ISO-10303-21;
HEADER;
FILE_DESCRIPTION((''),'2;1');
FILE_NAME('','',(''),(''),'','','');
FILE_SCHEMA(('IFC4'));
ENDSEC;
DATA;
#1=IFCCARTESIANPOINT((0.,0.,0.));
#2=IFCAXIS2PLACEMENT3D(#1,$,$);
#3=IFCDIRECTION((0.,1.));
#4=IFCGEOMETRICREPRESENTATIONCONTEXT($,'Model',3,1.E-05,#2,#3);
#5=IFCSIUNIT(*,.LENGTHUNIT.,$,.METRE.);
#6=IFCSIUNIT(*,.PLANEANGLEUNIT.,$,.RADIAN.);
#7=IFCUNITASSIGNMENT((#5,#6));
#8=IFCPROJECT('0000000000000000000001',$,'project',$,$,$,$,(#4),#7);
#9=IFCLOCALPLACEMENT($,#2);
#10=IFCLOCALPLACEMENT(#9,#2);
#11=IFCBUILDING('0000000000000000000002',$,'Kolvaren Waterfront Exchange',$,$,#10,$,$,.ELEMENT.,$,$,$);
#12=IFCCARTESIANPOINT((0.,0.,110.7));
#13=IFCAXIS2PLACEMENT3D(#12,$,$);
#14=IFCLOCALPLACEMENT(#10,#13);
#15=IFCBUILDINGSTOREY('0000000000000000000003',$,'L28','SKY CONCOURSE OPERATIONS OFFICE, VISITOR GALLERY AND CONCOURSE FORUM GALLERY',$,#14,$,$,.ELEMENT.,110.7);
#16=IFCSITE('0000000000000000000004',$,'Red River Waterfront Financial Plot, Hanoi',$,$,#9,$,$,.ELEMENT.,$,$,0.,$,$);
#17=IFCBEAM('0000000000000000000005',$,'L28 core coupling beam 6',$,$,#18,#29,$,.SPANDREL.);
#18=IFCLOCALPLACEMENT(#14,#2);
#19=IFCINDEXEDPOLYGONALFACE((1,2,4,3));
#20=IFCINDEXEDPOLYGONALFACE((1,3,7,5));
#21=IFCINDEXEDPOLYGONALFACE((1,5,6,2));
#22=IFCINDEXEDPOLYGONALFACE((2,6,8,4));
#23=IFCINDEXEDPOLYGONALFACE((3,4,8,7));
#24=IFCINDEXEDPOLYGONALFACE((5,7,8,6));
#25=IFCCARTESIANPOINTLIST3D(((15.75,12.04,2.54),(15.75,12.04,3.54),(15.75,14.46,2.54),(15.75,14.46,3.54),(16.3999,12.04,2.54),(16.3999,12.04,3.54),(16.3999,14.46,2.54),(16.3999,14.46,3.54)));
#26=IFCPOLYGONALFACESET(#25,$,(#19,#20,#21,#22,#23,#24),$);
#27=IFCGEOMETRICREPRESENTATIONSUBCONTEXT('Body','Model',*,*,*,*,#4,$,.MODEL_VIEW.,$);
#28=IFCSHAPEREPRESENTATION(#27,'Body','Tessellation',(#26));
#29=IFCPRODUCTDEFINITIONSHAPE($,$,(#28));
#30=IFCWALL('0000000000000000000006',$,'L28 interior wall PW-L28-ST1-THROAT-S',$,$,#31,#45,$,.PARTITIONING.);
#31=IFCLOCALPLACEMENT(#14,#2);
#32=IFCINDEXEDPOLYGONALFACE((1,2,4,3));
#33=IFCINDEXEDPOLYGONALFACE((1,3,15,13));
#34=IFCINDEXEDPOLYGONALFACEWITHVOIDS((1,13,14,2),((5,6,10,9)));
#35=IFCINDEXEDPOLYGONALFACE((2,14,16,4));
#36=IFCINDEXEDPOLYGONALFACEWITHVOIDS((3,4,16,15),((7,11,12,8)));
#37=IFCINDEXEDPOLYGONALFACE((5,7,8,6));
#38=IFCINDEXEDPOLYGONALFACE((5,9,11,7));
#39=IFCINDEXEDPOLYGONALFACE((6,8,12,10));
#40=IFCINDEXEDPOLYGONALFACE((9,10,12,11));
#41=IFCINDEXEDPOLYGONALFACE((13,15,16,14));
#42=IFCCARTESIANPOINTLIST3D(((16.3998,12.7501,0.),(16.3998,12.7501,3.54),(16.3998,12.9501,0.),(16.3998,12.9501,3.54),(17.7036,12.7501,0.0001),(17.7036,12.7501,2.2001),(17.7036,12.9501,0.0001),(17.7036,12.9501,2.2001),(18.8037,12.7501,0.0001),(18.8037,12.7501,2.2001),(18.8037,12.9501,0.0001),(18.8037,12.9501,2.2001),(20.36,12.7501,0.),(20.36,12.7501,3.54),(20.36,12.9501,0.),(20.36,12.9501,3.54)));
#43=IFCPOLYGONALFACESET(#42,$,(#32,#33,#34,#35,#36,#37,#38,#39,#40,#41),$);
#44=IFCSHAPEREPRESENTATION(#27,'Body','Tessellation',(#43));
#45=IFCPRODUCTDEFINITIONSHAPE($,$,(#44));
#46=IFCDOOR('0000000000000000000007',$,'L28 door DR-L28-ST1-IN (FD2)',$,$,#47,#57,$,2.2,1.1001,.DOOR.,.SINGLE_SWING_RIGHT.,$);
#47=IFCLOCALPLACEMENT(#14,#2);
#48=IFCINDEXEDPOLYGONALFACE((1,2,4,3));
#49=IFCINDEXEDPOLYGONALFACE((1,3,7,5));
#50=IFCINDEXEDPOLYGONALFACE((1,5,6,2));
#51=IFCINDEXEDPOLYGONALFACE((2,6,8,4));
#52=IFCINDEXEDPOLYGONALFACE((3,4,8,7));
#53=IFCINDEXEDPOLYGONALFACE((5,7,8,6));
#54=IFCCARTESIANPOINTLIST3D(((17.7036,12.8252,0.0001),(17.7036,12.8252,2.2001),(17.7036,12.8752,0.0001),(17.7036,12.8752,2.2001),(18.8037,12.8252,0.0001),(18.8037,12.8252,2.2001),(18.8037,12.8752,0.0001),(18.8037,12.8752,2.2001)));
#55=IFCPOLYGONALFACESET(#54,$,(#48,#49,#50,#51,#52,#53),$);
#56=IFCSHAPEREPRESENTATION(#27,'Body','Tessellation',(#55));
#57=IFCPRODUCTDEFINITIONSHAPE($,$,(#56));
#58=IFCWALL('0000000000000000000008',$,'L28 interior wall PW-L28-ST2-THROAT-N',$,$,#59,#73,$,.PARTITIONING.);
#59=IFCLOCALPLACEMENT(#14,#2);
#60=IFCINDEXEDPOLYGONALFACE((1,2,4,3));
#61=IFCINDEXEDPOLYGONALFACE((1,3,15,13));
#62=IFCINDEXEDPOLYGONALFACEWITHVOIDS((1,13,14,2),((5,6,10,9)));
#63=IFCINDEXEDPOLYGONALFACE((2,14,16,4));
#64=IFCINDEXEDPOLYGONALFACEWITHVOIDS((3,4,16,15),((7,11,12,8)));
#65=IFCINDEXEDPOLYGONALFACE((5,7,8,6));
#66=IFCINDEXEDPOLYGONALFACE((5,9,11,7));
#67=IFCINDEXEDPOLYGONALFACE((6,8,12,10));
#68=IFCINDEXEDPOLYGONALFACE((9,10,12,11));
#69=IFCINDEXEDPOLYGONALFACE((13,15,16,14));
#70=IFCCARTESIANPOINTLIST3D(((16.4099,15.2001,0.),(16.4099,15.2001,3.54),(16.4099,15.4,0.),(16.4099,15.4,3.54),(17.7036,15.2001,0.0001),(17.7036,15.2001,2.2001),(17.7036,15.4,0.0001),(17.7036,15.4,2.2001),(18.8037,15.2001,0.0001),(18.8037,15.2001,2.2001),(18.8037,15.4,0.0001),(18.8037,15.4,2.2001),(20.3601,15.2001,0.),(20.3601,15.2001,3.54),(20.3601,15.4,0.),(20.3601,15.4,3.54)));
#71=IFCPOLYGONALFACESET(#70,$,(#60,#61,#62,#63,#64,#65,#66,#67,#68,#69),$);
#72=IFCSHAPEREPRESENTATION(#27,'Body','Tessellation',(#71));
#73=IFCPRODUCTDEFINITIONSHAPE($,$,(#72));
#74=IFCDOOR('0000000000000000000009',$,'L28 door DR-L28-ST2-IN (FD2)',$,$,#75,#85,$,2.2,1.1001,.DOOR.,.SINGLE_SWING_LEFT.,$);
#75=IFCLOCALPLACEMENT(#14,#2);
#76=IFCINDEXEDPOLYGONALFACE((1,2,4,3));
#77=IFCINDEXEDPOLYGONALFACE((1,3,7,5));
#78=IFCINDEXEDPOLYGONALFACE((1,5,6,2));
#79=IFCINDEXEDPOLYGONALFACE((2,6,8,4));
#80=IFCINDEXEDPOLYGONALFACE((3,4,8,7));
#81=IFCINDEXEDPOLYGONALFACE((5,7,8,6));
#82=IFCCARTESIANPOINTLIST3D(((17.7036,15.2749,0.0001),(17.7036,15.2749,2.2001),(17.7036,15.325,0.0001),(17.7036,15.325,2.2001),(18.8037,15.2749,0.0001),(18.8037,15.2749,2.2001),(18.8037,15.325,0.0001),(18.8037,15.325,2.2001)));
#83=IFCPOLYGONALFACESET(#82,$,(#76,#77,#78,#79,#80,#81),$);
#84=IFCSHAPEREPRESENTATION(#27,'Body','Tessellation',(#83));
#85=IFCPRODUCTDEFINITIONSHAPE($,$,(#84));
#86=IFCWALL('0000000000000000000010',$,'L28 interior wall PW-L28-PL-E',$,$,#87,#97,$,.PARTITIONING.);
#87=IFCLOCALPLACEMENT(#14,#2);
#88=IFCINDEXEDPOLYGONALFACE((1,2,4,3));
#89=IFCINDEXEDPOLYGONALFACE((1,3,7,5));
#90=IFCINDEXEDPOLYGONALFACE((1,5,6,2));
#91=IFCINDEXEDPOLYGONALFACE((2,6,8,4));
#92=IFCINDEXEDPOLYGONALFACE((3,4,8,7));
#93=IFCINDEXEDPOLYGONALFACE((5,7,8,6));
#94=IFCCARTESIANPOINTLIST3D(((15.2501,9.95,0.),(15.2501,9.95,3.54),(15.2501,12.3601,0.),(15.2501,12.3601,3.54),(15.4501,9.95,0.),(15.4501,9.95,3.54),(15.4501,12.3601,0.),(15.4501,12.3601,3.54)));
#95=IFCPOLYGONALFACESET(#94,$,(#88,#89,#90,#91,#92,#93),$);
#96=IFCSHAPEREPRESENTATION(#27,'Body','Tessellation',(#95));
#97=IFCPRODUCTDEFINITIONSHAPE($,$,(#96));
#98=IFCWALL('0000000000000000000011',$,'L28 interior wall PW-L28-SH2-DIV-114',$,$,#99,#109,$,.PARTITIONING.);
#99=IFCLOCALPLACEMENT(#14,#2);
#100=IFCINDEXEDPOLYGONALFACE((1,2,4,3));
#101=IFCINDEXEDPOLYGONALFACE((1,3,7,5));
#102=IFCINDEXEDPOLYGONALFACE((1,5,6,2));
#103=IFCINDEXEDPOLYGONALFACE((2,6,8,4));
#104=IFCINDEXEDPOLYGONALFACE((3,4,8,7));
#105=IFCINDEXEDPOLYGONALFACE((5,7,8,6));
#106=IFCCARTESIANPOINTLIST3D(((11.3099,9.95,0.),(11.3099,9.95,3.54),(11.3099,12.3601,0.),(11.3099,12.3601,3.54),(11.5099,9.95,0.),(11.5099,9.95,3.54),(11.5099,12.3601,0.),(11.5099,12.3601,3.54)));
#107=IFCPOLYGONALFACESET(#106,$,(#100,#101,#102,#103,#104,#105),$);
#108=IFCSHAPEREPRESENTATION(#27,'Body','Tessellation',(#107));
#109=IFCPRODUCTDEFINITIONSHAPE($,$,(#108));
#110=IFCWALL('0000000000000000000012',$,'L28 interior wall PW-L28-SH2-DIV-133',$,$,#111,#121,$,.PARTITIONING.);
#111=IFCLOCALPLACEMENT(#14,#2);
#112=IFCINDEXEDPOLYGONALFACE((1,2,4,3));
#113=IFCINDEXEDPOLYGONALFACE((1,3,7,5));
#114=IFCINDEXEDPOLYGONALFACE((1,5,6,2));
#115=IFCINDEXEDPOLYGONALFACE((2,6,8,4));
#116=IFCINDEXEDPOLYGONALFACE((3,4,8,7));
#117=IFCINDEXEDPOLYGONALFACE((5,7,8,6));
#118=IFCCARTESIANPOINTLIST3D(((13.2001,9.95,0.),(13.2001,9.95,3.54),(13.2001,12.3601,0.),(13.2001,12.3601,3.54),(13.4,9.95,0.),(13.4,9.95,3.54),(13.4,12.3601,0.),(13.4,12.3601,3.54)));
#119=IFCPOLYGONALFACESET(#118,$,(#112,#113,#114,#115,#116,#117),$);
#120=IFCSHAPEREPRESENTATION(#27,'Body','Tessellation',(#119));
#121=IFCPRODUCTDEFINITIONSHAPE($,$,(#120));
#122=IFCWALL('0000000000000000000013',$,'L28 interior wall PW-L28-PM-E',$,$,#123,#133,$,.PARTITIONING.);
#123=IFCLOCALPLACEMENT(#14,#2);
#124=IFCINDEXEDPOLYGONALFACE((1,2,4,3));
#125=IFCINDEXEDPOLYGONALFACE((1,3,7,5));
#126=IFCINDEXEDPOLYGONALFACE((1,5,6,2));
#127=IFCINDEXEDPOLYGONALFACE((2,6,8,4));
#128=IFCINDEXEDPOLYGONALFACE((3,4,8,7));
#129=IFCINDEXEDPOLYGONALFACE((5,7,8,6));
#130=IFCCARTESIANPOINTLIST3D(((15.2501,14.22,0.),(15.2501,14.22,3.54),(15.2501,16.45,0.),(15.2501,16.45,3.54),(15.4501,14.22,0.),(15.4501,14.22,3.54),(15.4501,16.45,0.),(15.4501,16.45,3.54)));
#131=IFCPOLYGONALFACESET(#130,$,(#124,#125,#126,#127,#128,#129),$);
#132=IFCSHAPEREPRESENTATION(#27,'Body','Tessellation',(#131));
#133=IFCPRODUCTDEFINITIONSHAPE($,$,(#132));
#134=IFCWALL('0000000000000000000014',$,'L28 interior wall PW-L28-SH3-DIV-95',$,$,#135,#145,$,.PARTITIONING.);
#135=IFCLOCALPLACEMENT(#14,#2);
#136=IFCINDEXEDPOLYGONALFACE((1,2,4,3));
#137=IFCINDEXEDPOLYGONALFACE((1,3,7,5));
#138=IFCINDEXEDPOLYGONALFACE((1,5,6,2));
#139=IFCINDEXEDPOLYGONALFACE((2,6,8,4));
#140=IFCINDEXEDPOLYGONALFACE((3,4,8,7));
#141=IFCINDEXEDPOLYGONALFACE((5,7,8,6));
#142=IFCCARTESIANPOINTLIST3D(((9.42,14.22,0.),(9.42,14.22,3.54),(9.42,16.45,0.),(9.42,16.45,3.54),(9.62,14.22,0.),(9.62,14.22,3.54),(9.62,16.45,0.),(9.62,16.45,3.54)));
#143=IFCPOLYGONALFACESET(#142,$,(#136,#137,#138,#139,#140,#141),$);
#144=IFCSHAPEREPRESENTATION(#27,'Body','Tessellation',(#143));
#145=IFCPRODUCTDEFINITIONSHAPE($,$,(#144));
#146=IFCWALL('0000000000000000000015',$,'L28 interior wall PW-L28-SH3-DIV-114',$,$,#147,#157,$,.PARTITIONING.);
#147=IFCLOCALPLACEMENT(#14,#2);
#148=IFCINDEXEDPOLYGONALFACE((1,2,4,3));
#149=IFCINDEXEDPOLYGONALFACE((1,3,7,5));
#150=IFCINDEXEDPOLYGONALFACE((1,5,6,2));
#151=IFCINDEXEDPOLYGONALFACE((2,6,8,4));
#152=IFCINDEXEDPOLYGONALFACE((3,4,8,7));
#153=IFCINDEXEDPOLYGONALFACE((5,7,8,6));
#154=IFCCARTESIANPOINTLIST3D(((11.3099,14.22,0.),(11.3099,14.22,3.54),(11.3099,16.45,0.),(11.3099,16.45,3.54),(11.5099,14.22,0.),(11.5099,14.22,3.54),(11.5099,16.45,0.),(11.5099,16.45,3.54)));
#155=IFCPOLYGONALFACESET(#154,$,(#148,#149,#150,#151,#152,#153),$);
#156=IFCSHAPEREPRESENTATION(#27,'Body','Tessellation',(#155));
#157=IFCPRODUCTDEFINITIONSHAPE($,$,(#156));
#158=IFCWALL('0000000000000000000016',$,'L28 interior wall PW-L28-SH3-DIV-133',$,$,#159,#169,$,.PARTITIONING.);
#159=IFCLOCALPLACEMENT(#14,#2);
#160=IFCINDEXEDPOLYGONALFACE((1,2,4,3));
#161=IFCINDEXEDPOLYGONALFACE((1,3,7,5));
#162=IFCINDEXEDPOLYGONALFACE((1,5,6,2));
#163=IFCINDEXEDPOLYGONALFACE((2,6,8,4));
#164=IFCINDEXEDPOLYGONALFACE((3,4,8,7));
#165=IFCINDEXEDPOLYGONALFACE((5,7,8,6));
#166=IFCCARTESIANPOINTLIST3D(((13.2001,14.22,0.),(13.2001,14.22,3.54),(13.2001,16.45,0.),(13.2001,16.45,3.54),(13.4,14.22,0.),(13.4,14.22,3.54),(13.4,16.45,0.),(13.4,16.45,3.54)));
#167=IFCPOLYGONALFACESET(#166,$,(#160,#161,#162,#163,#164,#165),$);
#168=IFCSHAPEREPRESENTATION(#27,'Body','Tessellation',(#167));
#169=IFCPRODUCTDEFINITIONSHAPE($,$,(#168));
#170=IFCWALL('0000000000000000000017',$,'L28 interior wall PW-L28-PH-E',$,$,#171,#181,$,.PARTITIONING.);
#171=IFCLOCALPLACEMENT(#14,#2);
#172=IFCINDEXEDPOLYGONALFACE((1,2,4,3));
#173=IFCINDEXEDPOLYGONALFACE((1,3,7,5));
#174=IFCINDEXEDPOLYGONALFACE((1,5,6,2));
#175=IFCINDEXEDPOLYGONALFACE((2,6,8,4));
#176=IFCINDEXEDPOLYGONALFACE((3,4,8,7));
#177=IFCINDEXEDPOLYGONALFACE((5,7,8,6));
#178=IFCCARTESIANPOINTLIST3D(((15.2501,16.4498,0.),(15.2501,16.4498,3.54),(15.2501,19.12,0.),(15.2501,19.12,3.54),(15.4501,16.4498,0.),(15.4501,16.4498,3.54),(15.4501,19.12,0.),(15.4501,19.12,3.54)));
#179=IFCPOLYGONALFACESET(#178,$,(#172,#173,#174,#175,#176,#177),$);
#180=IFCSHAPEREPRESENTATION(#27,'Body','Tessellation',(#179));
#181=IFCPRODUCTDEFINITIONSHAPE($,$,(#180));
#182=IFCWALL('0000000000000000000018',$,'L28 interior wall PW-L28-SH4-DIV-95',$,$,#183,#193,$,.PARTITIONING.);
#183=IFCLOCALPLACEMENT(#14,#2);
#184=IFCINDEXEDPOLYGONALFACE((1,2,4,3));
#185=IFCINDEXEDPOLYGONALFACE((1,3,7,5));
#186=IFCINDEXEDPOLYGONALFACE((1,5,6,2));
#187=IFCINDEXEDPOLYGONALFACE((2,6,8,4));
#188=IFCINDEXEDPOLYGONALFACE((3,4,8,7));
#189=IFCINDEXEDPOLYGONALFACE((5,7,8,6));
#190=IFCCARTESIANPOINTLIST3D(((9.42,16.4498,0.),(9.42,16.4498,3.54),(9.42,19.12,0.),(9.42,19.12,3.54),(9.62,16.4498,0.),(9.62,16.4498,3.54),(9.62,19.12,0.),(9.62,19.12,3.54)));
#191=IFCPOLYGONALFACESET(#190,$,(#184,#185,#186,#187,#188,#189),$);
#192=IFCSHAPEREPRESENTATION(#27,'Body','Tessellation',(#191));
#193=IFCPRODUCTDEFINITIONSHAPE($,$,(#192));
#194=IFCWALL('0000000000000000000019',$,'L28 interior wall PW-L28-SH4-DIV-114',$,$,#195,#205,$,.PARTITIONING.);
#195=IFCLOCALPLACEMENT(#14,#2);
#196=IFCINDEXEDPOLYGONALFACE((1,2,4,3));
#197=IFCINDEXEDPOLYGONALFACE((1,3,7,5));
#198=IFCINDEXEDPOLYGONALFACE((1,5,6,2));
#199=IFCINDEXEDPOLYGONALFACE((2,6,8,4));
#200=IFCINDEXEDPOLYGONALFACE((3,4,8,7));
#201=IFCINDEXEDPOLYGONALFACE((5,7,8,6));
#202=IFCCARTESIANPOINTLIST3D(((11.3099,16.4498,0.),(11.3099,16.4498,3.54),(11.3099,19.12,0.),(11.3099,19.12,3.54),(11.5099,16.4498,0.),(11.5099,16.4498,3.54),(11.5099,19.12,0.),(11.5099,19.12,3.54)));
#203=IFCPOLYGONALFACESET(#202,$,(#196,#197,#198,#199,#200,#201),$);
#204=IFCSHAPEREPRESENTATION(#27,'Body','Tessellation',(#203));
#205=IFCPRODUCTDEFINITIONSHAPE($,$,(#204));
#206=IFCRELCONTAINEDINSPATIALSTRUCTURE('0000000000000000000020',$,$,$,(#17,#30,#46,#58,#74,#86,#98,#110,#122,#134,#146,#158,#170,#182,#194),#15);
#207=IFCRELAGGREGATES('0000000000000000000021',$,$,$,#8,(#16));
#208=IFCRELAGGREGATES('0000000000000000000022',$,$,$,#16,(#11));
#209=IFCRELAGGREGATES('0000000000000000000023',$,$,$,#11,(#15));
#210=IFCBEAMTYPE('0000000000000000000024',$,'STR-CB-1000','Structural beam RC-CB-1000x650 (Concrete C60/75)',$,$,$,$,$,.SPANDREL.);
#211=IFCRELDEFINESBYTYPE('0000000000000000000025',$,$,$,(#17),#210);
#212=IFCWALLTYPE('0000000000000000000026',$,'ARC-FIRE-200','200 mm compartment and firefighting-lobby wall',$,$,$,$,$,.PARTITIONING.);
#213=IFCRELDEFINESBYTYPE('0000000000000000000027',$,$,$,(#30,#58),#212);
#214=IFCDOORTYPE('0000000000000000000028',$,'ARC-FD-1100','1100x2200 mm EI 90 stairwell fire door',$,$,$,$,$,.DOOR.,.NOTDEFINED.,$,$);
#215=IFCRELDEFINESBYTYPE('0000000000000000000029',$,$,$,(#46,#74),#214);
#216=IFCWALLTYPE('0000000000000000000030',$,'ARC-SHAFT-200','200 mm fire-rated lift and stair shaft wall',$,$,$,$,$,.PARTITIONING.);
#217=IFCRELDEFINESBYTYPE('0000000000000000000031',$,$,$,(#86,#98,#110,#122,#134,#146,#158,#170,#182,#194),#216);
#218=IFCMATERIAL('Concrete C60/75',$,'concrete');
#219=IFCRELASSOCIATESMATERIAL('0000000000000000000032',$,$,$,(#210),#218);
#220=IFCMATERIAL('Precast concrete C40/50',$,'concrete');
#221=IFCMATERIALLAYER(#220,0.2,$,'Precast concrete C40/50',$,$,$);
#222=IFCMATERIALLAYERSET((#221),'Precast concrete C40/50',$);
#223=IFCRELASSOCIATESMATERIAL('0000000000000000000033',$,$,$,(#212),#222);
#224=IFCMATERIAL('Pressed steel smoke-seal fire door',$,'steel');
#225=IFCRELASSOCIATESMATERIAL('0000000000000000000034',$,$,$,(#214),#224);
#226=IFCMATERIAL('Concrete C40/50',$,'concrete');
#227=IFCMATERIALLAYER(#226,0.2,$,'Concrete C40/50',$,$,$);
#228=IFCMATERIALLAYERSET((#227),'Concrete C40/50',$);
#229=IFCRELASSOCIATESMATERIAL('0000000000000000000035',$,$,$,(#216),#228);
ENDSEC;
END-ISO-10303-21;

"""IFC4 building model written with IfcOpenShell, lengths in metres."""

from ifc_helpers import new_model, si_unit, direction, frame, frame_2d, origin, origin_2d, place, context, subcontext, project, spatial, rectangle, extrude, material, layer, layer_set, material_profile, profile_set, type_object, element, fill, save


model = new_model("IFC4")

# Units and contexts
model_context = context("Model", 3, precision=1e-05, world=origin(), true_north=direction((0.0, 1.0)))
body_context = subcontext(model_context, "Body", "Model", "MODEL_VIEW")
ifc_project = project(units=[si_unit("LENGTHUNIT", "METRE"), si_unit("PLANEANGLEUNIT", "RADIAN")], contexts=[model_context])

# Site, building, storey
site_placement = place(None, origin())
site = spatial("IfcSite", under=ifc_project, at=site_placement, Name="Red River Waterfront Financial Plot, Hanoi", CompositionType="ELEMENT", RefElevation=0.0)
building_placement = place(site_placement, origin())
building = spatial("IfcBuilding", under=site, at=building_placement, Name="Kolvaren Waterfront Exchange", CompositionType="ELEMENT")
storey_placement = place(building_placement, frame((0.0, 0.0, 110.7)))
storey = spatial("IfcBuildingStorey", under=building, at=storey_placement, Name="L28", Description="SKY CONCOURSE OPERATIONS OFFICE, VISITOR GALLERY AND CONCOURSE FORUM GALLERY", CompositionType="ELEMENT", Elevation=110.7)

# Beam
ifc_material_1 = material(Name="Concrete C60/75", Category="concrete")
ifc_material_profile = material_profile(ifc_material_1, rectangle(XDim=0.6499, YDim=1.0, at=origin_2d()), Name="RC-CB-1000x650")
ifc_profile_set = profile_set([ifc_material_profile], Name="Concrete C60/75")
beam_type = type_object("IfcBeamType", Name="STR-CB-1000", Description="Structural beam RC-CB-1000x650 (Concrete C60/75)", PredefinedType="SPANDREL", material=ifc_profile_set)
beam_placement = place(storey_placement, frame((16.075, 12.04, 3.04), z_axis=(0.0, 1.0, 0.0), x_axis=(-1.0, 0.0, 0.0)))
element("IfcBeam", 1, at=beam_placement, inside=storey, type_object=beam_type, Name="L28 core coupling beam 6", PredefinedType="SPANDREL", context=body_context, shape_type="SweptSolid", body=[
    extrude(rectangle(XDim=0.6499, YDim=1.0, at=origin_2d()), origin(), (0.0, 0.0, 1.0), 2.4199),
])

# Walls, openings, doors
ifc_material_2 = material(Name="Precast concrete C40/50", Category="concrete")
ifc_layer_1 = layer(ifc_material_2, 0.2, Name="Precast concrete C40/50")
ifc_layer_set_1 = layer_set([ifc_layer_1], Name="Precast concrete C40/50")
wall_type_1 = type_object("IfcWallType", Name="ARC-FIRE-200", Description="200 mm compartment and firefighting-lobby wall", PredefinedType="PARTITIONING", material=ifc_layer_set_1)
wall_1_placement = place(storey_placement, frame((16.3999, 12.8501, 0.0), z_axis=(0.0, 0.0, 1.0), x_axis=(1.0, 0.0, 0.0)))
wall_1 = element("IfcWall", 2, at=wall_1_placement, inside=storey, type_object=wall_type_1, Name="L28 interior wall PW-L28-ST1-THROAT-S", PredefinedType="PARTITIONING", context=body_context, shape_type="SweptSolid", body=[
    extrude(rectangle(XDim=3.9602, YDim=0.2, at=frame_2d((1.98, 0.0))), origin(), (0.0, 0.0, 1.0), 3.54),
])
opening_1_placement = place(wall_1_placement, frame((1.3037, 0.0, 0.0)))
opening_1 = element("IfcOpeningElement", 3, at=opening_1_placement, cuts=wall_1, PredefinedType="OPENING", context=body_context, shape_type="SweptSolid", body=[
    extrude(rectangle(XDim=1.1001, YDim=2.2, at=frame_2d((0.55, 1.1001))), frame((0.0, 0.1099, 0.0), z_axis=(0.0, -1.0, 0.0), x_axis=(1.0, 0.0, 0.0)), (0.0, 0.0, 1.0), 0.22),
])
ifc_material_3 = material(Name="Pressed steel smoke-seal fire door", Category="steel")
door_type = type_object("IfcDoorType", Name="ARC-FD-1100", Description="1100x2200 mm EI 90 stairwell fire door", OperationType="NOTDEFINED", PredefinedType="DOOR", material=ifc_material_3)
door_1_placement = place(opening_1_placement, frame((1.1001, 0.0, 0.0), z_axis=(0.0, 0.0, 1.0), x_axis=(-1.0, 0.0, 0.0)))
door_1 = element("IfcDoor", 4, at=door_1_placement, inside=storey, type_object=door_type, Name="L28 door DR-L28-ST1-IN (FD2)", OperationType="SINGLE_SWING_RIGHT", OverallHeight=2.2, OverallWidth=1.1001, PredefinedType="DOOR", context=body_context, shape_type="SweptSolid", body=[
    extrude(rectangle(XDim=1.1001, YDim=2.2, at=frame_2d((0.55, 1.1001))), frame((0.0, 0.0249, 0.0), z_axis=(0.0, -1.0, 0.0), x_axis=(1.0, 0.0, 0.0)), (0.0, 0.0, 1.0), 0.05),
])
fill(opening_1, door_1)
wall_2_placement = place(storey_placement, frame((16.4099, 15.3, 0.0), z_axis=(0.0, 0.0, 1.0), x_axis=(1.0, 0.0, 0.0)))
wall_2 = element("IfcWall", 5, at=wall_2_placement, inside=storey, type_object=wall_type_1, Name="L28 interior wall PW-L28-ST2-THROAT-N", PredefinedType="PARTITIONING", context=body_context, shape_type="SweptSolid", body=[
    extrude(rectangle(XDim=3.9502, YDim=0.2, at=frame_2d((1.9751, 0.0))), origin(), (0.0, 0.0, 1.0), 3.54),
])
opening_2_placement = place(wall_2_placement, frame((1.2937, 0.0, 0.0)))
opening_2 = element("IfcOpeningElement", 6, at=opening_2_placement, cuts=wall_2, PredefinedType="OPENING", context=body_context, shape_type="SweptSolid", body=[
    extrude(rectangle(XDim=1.1001, YDim=2.2, at=frame_2d((0.55, 1.1001))), frame((0.0, 0.1099, 0.0), z_axis=(0.0, -1.0, 0.0), x_axis=(1.0, 0.0, 0.0)), (0.0, 0.0, 1.0), 0.22),
])
door_2_placement = place(opening_2_placement, origin())
door_2 = element("IfcDoor", 7, at=door_2_placement, inside=storey, type_object=door_type, Name="L28 door DR-L28-ST2-IN (FD2)", OperationType="SINGLE_SWING_LEFT", OverallHeight=2.2, OverallWidth=1.1001, PredefinedType="DOOR", context=body_context, shape_type="SweptSolid", body=[
    extrude(rectangle(XDim=1.1001, YDim=2.2, at=frame_2d((0.55, 1.1001))), frame((0.0, 0.0249, 0.0), z_axis=(0.0, -1.0, 0.0), x_axis=(1.0, 0.0, 0.0)), (0.0, 0.0, 1.0), 0.05),
])
fill(opening_2, door_2)

# Walls
ifc_material_4 = material(Name="Concrete C40/50", Category="concrete")
ifc_layer_2 = layer(ifc_material_4, 0.2, Name="Concrete C40/50")
ifc_layer_set_2 = layer_set([ifc_layer_2], Name="Concrete C40/50")
wall_type_2 = type_object("IfcWallType", Name="ARC-SHAFT-200", Description="200 mm fire-rated lift and stair shaft wall", PredefinedType="PARTITIONING", material=ifc_layer_set_2)
for number, where, z_axis, x_axis, name in (
    (8, (15.3501, 9.95, 0.0), (0.0, 0.0, 1.0), (0.0, 1.0, 0.0), "L28 interior wall PW-L28-PL-E"),
    (9, (11.4099, 9.95, 0.0), (0.0, 0.0, 1.0), (0.0, 1.0, 0.0), "L28 interior wall PW-L28-SH2-DIV-114"),
    (10, (13.3, 9.95, 0.0), (0.0, 0.0, 1.0), (0.0, 1.0, 0.0), "L28 interior wall PW-L28-SH2-DIV-133"),
):
    element("IfcWall", number, at=place(storey_placement, frame(where, z_axis=z_axis, x_axis=x_axis)), inside=storey, type_object=wall_type_2, Name=name, PredefinedType="PARTITIONING", context=body_context, shape_type="SweptSolid", body=[
        extrude(rectangle(XDim=2.4102, YDim=0.2, at=frame_2d((1.2051, 0.0))), origin(), (0.0, 0.0, 1.0), 3.54),
    ])
for number, where, z_axis, x_axis, name in (
    (11, (15.3501, 14.22, 0.0), (0.0, 0.0, 1.0), (0.0, 1.0, 0.0), "L28 interior wall PW-L28-PM-E"),
    (12, (9.52, 14.22, 0.0), (0.0, 0.0, 1.0), (0.0, 1.0, 0.0), "L28 interior wall PW-L28-SH3-DIV-95"),
    (13, (11.4099, 14.22, 0.0), (0.0, 0.0, 1.0), (0.0, 1.0, 0.0), "L28 interior wall PW-L28-SH3-DIV-114"),
    (14, (13.3, 14.22, 0.0), (0.0, 0.0, 1.0), (0.0, 1.0, 0.0), "L28 interior wall PW-L28-SH3-DIV-133"),
):
    element("IfcWall", number, at=place(storey_placement, frame(where, z_axis=z_axis, x_axis=x_axis)), inside=storey, type_object=wall_type_2, Name=name, PredefinedType="PARTITIONING", context=body_context, shape_type="SweptSolid", body=[
        extrude(rectangle(XDim=2.23, YDim=0.2, at=frame_2d((1.115, 0.0))), origin(), (0.0, 0.0, 1.0), 3.54),
    ])
for number, where, z_axis, x_axis, name in (
    (15, (15.3501, 16.45, 0.0), (0.0, 0.0, 1.0), (0.0, 1.0, 0.0), "L28 interior wall PW-L28-PH-E"),
    (16, (9.52, 16.45, 0.0), (0.0, 0.0, 1.0), (0.0, 1.0, 0.0), "L28 interior wall PW-L28-SH4-DIV-95"),
    (17, (11.4099, 16.45, 0.0), (0.0, 0.0, 1.0), (0.0, 1.0, 0.0), "L28 interior wall PW-L28-SH4-DIV-114"),
):
    element("IfcWall", number, at=place(storey_placement, frame(where, z_axis=z_axis, x_axis=x_axis)), inside=storey, type_object=wall_type_2, Name=name, PredefinedType="PARTITIONING", context=body_context, shape_type="SweptSolid", body=[
        extrude(rectangle(XDim=2.6702, YDim=0.2, at=frame_2d((1.335, 0.0))), origin(), (0.0, 0.0, 1.0), 3.54),
    ])

save(model, "model.ifc")
